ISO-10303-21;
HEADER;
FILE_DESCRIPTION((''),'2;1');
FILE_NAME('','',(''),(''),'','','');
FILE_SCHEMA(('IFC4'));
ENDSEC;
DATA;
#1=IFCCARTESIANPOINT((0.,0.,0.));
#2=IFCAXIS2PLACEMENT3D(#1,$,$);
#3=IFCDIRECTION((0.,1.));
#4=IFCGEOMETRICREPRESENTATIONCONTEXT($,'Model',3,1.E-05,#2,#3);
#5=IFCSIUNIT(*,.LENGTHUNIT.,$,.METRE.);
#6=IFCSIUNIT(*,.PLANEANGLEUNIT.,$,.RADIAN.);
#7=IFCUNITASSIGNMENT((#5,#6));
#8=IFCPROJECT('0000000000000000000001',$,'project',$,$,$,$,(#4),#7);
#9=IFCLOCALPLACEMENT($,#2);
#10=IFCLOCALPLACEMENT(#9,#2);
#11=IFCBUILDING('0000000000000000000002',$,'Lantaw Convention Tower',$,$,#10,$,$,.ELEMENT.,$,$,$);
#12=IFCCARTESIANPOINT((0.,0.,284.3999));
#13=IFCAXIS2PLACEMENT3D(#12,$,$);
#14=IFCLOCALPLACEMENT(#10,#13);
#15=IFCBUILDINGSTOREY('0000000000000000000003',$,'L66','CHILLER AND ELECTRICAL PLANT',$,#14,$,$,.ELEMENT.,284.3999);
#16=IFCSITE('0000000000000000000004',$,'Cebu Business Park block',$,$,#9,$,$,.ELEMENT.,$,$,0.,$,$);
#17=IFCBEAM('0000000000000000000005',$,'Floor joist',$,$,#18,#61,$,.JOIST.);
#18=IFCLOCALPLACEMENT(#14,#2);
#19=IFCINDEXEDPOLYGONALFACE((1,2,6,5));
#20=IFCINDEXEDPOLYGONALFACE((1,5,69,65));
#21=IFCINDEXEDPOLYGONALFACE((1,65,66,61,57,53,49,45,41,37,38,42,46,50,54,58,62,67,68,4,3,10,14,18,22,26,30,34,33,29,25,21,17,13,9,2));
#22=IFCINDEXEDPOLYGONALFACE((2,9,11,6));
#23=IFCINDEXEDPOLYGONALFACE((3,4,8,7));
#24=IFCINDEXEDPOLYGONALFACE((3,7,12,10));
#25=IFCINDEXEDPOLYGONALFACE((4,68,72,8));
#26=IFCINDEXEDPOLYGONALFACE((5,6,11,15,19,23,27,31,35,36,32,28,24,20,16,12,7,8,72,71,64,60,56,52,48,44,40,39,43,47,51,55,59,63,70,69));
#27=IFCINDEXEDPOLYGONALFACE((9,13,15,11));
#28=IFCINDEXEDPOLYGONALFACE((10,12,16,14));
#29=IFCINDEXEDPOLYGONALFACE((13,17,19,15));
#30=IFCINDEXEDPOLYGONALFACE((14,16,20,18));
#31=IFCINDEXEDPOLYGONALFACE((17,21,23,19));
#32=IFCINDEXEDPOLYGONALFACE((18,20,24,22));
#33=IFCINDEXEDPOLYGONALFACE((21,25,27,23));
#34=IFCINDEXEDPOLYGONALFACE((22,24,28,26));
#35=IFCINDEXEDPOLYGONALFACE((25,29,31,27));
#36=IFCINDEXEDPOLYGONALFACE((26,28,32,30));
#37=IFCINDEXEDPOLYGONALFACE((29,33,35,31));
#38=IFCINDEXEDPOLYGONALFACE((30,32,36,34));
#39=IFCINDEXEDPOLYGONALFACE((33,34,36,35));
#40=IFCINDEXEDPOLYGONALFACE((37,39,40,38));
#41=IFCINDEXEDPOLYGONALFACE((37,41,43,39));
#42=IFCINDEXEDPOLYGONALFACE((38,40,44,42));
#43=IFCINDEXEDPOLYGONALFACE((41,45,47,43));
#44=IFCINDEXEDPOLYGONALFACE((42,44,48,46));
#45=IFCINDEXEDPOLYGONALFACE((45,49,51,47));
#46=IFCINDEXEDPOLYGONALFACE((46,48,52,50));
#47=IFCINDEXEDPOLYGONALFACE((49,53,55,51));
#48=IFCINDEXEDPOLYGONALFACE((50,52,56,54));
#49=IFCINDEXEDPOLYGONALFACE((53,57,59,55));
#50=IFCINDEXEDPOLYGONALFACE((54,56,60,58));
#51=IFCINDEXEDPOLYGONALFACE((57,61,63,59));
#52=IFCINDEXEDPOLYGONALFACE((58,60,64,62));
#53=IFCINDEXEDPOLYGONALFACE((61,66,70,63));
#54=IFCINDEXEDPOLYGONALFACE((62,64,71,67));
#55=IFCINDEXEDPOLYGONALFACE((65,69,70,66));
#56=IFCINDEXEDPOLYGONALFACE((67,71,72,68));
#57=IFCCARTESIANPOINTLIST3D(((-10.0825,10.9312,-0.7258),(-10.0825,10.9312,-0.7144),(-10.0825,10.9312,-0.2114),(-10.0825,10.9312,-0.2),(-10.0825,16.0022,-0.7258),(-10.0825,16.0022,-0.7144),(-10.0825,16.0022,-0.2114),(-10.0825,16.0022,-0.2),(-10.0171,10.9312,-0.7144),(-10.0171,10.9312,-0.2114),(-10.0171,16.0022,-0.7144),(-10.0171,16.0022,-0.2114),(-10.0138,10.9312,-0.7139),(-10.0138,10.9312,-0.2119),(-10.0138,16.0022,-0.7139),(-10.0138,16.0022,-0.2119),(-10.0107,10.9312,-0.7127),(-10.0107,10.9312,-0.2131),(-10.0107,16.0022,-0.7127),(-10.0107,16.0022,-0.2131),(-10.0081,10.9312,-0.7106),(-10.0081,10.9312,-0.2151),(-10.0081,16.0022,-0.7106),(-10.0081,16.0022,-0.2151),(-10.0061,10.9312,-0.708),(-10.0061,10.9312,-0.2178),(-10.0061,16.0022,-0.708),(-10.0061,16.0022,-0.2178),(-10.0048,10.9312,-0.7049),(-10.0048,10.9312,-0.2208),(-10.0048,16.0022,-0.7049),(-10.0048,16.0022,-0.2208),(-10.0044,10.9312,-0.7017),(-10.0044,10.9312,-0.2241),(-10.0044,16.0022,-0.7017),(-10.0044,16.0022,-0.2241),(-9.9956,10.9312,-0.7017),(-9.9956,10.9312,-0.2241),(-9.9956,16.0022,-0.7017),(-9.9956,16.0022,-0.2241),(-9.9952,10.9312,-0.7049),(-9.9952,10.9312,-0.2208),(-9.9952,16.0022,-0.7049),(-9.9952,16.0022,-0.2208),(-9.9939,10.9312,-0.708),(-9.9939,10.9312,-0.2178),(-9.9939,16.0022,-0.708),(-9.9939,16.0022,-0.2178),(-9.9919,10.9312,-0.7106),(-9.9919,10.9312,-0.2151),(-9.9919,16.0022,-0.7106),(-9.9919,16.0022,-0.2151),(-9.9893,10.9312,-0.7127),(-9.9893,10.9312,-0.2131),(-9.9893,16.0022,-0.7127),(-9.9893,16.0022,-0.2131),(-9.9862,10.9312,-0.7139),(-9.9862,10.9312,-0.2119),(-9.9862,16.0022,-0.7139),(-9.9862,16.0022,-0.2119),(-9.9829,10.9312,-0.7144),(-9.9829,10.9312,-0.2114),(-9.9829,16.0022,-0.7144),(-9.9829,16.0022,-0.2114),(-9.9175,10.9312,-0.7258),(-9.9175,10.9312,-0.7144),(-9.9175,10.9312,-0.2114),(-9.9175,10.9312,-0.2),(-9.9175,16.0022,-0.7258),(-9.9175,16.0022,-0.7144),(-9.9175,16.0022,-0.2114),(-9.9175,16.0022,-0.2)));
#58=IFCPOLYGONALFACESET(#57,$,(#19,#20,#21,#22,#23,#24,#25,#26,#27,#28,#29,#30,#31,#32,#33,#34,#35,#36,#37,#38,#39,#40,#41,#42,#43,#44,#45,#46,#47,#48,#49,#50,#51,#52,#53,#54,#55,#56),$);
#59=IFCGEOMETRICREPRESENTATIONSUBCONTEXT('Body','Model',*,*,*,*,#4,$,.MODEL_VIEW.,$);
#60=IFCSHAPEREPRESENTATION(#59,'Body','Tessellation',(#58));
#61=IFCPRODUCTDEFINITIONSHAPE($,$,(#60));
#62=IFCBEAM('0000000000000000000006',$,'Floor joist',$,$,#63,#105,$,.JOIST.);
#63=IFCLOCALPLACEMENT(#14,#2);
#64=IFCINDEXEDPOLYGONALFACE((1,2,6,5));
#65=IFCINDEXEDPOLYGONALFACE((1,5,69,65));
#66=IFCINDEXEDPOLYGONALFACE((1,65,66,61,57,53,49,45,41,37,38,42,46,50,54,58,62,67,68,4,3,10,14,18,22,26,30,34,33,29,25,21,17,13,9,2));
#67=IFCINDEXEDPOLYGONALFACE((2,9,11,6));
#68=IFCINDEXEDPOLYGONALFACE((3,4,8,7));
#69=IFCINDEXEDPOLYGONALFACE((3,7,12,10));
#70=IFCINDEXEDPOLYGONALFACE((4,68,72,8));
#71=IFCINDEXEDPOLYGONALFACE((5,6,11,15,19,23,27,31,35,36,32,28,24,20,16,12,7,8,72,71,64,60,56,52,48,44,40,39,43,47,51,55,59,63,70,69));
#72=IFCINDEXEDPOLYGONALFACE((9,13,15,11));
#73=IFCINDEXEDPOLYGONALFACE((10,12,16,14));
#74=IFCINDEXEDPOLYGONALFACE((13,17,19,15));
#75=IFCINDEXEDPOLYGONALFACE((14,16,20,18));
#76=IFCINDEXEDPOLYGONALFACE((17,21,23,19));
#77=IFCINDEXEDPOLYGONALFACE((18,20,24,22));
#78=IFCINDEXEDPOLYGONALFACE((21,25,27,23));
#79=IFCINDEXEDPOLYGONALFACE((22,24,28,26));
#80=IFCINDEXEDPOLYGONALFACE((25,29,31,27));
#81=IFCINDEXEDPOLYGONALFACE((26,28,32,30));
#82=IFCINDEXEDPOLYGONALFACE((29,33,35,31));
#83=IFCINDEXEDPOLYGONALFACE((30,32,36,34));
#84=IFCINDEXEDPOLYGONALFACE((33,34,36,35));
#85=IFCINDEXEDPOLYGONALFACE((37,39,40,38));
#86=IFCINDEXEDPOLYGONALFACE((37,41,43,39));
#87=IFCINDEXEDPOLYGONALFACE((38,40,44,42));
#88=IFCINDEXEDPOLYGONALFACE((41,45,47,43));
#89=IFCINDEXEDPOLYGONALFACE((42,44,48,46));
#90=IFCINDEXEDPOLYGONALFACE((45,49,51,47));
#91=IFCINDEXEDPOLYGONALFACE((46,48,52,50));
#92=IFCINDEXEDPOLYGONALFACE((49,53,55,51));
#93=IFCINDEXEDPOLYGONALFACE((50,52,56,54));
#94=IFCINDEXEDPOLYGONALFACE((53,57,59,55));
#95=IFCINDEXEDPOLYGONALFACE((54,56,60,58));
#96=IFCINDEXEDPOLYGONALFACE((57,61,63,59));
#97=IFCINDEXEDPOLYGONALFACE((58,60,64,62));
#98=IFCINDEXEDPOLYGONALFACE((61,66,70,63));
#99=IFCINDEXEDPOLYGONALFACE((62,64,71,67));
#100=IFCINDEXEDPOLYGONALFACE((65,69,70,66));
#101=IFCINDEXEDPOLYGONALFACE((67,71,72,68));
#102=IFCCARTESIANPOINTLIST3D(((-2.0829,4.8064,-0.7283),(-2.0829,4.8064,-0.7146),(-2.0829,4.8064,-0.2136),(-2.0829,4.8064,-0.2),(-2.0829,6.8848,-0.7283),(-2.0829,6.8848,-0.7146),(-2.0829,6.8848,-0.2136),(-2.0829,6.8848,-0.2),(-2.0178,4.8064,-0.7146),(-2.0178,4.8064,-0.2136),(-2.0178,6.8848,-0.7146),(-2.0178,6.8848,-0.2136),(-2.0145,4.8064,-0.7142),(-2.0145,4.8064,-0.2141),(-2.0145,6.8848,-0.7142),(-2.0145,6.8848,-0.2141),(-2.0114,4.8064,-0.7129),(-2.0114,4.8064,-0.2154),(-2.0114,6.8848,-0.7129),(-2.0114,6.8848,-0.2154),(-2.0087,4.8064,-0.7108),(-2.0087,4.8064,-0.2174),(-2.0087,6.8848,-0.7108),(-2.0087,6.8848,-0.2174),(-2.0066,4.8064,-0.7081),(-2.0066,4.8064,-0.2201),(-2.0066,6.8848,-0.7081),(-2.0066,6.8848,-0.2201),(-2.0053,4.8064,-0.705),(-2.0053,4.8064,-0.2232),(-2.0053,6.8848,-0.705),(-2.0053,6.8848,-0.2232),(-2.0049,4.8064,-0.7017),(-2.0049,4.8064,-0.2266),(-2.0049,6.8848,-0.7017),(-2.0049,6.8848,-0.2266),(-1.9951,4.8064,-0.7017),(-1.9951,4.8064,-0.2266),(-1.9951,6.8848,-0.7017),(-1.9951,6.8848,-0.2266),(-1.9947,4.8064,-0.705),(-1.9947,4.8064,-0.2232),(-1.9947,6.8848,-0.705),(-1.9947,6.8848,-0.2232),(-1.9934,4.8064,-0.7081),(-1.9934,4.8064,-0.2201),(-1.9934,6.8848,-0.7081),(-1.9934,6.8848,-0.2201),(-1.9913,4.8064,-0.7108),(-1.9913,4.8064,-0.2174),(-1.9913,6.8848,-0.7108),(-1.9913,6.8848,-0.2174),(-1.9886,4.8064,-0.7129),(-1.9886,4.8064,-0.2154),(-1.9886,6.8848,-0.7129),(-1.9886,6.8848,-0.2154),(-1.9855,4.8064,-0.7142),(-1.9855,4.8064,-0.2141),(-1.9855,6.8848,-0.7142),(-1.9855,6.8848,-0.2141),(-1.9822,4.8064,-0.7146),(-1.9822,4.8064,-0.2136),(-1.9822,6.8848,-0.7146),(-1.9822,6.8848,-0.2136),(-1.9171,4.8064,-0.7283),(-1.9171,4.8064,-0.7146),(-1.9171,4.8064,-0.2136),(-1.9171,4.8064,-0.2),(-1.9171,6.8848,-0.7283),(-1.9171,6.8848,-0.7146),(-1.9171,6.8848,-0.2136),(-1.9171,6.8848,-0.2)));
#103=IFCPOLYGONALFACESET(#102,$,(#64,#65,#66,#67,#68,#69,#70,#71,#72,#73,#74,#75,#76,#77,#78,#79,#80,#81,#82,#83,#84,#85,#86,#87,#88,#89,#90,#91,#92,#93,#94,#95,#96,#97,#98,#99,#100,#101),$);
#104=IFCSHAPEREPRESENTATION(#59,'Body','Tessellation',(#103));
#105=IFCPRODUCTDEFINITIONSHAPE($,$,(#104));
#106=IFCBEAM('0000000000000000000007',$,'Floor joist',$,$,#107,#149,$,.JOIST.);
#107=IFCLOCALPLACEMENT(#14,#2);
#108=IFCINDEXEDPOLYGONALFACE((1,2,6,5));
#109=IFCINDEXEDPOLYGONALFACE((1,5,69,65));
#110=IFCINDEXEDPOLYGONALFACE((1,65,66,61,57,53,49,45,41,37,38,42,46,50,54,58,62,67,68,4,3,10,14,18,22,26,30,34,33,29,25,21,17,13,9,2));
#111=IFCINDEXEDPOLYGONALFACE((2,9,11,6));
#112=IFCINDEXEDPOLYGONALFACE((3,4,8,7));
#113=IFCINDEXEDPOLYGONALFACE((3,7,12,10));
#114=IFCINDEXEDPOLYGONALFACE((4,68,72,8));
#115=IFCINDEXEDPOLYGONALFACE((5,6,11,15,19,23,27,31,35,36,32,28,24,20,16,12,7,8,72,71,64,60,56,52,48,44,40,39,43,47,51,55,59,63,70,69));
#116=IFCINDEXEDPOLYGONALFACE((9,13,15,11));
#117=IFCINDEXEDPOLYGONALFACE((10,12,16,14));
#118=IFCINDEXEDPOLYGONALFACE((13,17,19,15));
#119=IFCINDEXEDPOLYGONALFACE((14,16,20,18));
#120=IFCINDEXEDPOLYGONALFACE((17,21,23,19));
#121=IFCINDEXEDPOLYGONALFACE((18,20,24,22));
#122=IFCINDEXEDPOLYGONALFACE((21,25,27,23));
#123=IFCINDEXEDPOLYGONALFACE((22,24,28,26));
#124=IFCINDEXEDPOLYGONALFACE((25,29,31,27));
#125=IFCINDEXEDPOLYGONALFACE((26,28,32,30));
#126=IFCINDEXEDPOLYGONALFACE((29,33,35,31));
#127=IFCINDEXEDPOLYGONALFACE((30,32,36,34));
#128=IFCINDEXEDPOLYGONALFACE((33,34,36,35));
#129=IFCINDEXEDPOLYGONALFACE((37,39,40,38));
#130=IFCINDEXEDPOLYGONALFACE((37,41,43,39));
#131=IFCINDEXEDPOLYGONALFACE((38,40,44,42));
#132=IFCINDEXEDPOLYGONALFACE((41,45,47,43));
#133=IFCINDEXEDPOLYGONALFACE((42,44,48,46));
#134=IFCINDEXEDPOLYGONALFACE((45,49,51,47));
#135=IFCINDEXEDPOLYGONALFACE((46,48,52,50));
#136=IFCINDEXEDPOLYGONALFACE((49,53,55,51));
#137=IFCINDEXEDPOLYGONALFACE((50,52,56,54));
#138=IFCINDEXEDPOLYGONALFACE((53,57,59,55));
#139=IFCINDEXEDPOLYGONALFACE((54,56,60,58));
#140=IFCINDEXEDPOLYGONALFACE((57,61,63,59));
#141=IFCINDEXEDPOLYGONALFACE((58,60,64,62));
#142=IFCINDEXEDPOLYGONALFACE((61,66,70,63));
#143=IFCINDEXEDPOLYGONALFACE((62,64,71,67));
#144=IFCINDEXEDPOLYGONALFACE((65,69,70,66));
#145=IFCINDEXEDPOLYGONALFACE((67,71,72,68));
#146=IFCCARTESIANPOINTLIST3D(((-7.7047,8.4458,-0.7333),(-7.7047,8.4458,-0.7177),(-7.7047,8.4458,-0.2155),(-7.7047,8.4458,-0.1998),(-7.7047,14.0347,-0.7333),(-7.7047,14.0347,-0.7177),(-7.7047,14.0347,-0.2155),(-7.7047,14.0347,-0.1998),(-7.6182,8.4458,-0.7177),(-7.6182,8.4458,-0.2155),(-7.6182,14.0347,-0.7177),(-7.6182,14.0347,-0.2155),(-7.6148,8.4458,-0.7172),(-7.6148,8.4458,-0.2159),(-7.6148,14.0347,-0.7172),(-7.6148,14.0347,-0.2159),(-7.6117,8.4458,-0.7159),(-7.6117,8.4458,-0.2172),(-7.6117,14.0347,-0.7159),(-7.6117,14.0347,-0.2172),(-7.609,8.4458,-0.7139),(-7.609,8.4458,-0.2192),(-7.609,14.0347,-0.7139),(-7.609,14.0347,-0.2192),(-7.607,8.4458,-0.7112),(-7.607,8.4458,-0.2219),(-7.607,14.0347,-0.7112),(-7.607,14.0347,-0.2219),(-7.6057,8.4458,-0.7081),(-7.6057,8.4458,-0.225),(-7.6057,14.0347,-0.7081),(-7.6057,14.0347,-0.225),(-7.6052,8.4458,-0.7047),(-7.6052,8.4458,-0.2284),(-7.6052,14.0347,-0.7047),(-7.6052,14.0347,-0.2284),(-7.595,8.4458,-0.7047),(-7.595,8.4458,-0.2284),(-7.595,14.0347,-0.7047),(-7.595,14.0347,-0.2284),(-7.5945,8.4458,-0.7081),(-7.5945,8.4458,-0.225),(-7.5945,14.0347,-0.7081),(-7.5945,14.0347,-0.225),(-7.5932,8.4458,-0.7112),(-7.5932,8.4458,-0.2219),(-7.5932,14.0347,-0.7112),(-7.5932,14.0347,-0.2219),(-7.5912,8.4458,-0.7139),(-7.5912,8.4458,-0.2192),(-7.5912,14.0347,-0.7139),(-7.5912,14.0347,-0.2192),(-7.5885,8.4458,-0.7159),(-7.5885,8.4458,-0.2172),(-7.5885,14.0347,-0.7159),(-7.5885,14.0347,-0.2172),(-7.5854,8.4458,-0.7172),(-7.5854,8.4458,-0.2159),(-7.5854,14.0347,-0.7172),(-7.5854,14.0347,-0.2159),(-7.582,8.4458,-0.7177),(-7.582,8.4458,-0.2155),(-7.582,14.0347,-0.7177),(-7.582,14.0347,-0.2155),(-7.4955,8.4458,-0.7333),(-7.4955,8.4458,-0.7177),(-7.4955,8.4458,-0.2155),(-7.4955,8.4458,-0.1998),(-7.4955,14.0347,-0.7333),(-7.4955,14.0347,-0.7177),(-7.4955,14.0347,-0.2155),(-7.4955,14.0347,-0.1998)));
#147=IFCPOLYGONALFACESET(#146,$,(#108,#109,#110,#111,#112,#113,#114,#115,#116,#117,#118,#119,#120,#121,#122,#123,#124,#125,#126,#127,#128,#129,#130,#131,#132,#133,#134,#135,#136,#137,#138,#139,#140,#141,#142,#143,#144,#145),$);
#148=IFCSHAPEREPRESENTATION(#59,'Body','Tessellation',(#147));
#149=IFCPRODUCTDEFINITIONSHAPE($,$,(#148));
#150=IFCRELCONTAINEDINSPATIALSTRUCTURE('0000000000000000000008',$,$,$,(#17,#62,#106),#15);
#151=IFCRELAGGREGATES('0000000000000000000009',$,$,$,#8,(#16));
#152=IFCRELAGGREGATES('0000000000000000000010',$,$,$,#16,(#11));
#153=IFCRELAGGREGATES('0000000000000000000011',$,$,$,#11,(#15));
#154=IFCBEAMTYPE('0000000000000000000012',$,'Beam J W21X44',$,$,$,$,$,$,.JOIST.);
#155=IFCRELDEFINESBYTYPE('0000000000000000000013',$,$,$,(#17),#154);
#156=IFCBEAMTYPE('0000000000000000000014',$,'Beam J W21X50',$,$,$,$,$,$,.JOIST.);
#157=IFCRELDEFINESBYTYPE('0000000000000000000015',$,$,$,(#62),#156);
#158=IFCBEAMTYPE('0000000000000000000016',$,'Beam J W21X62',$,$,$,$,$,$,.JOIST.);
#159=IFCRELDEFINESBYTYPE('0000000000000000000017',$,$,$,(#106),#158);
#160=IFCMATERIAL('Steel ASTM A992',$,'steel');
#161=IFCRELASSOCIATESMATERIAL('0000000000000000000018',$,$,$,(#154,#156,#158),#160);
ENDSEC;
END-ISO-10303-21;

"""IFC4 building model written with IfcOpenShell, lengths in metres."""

from ifc_helpers import new_model, si_unit, direction, frame, origin, origin_2d, place, context, subcontext, project, spatial, i_section, extrude, material, material_profile, profile_set, type_object, element, save


model = new_model("IFC4")

# Units and contexts
model_context = context("Model", 3, precision=1e-05, world=origin(), true_north=direction((0.0, 1.0)))
body_context = subcontext(model_context, "Body", "Model", "MODEL_VIEW")
ifc_project = project(units=[si_unit("LENGTHUNIT", "METRE"), si_unit("PLANEANGLEUNIT", "RADIAN")], contexts=[model_context])

# Site, building, storey
site_placement = place(None, origin())
site = spatial("IfcSite", under=ifc_project, at=site_placement, Name="Cebu Business Park block", CompositionType="ELEMENT", RefElevation=0.0)
building_placement = place(site_placement, origin())
building = spatial("IfcBuilding", under=site, at=building_placement, Name="Lantaw Convention Tower", CompositionType="ELEMENT")
storey_placement = place(building_placement, frame((0.0, 0.0, 284.3999)))
storey = spatial("IfcBuildingStorey", under=building, at=storey_placement, Name="L66", Description="CHILLER AND ELECTRICAL PLANT", CompositionType="ELEMENT", Elevation=284.3999)

# Beams
ifc_material_1 = material(Name="Steel ASTM A992", Category="steel")
ifc_material_profile_1 = material_profile(ifc_material_1, i_section(OverallWidth=0.165, OverallDepth=0.5259, WebThickness=0.0088, FlangeThickness=0.0115, FilletRadius=0.0127, at=origin_2d()), Name="W21X44")
ifc_profile_set_1 = profile_set([ifc_material_profile_1], Name="Steel ASTM A992")
beam_type_1 = type_object("IfcBeamType", Name="Beam J W21X44", PredefinedType="JOIST", material=ifc_profile_set_1)
beam_1_placement = place(storey_placement, frame((-10.0, 10.9312, -0.4629), z_axis=(0.0, 1.0, 0.0), x_axis=(-1.0, 0.0, 0.0)))
element("IfcBeam", 1, at=beam_1_placement, inside=storey, type_object=beam_type_1, Name="Floor joist", PredefinedType="JOIST", context=body_context, shape_type="SweptSolid", body=[
    extrude(i_section(OverallWidth=0.165, OverallDepth=0.5259, WebThickness=0.0088, FlangeThickness=0.0115, FilletRadius=0.0127, at=origin_2d()), origin(), (0.0, 0.0, 1.0), 5.071),
])
ifc_material_profile_2 = material_profile(ifc_material_1, i_section(OverallWidth=0.1658, OverallDepth=0.5283, WebThickness=0.0098, FlangeThickness=0.0137, FilletRadius=0.0129, at=origin_2d()), Name="W21X50")
ifc_profile_set_2 = profile_set([ifc_material_profile_2], Name="Steel ASTM A992")
beam_type_2 = type_object("IfcBeamType", Name="Beam J W21X50", PredefinedType="JOIST", material=ifc_profile_set_2)
beam_2_placement = place(storey_placement, frame((-2.0, 4.8064, -0.4641), z_axis=(0.0, 1.0, 0.0), x_axis=(-1.0, 0.0, 0.0)))
element("IfcBeam", 2, at=beam_2_placement, inside=storey, type_object=beam_type_2, Name="Floor joist", PredefinedType="JOIST", context=body_context, shape_type="SweptSolid", body=[
    extrude(i_section(OverallWidth=0.1658, OverallDepth=0.5283, WebThickness=0.0098, FlangeThickness=0.0137, FilletRadius=0.0129, at=origin_2d()), origin(), (0.0, 0.0, 1.0), 2.0784),
])
ifc_material_profile_3 = material_profile(ifc_material_1, i_section(OverallWidth=0.2092, OverallDepth=0.5334, WebThickness=0.0103, FlangeThickness=0.0156, FilletRadius=0.0129, at=origin_2d()), Name="W21X62")
ifc_profile_set_3 = profile_set([ifc_material_profile_3], Name="Steel ASTM A992")
beam_type_3 = type_object("IfcBeamType", Name="Beam J W21X62", PredefinedType="JOIST", material=ifc_profile_set_3)
beam_3_placement = place(storey_placement, frame((-7.6001, 8.4458, -0.4666), z_axis=(0.0, 1.0, 0.0), x_axis=(-1.0, 0.0, 0.0)))
element("IfcBeam", 3, at=beam_3_placement, inside=storey, type_object=beam_type_3, Name="Floor joist", PredefinedType="JOIST", context=body_context, shape_type="SweptSolid", body=[
    extrude(i_section(OverallWidth=0.2092, OverallDepth=0.5334, WebThickness=0.0103, FlangeThickness=0.0156, FilletRadius=0.0129, at=origin_2d()), origin(), (0.0, 0.0, 1.0), 5.5889),
])

save(model, "model.ifc")
